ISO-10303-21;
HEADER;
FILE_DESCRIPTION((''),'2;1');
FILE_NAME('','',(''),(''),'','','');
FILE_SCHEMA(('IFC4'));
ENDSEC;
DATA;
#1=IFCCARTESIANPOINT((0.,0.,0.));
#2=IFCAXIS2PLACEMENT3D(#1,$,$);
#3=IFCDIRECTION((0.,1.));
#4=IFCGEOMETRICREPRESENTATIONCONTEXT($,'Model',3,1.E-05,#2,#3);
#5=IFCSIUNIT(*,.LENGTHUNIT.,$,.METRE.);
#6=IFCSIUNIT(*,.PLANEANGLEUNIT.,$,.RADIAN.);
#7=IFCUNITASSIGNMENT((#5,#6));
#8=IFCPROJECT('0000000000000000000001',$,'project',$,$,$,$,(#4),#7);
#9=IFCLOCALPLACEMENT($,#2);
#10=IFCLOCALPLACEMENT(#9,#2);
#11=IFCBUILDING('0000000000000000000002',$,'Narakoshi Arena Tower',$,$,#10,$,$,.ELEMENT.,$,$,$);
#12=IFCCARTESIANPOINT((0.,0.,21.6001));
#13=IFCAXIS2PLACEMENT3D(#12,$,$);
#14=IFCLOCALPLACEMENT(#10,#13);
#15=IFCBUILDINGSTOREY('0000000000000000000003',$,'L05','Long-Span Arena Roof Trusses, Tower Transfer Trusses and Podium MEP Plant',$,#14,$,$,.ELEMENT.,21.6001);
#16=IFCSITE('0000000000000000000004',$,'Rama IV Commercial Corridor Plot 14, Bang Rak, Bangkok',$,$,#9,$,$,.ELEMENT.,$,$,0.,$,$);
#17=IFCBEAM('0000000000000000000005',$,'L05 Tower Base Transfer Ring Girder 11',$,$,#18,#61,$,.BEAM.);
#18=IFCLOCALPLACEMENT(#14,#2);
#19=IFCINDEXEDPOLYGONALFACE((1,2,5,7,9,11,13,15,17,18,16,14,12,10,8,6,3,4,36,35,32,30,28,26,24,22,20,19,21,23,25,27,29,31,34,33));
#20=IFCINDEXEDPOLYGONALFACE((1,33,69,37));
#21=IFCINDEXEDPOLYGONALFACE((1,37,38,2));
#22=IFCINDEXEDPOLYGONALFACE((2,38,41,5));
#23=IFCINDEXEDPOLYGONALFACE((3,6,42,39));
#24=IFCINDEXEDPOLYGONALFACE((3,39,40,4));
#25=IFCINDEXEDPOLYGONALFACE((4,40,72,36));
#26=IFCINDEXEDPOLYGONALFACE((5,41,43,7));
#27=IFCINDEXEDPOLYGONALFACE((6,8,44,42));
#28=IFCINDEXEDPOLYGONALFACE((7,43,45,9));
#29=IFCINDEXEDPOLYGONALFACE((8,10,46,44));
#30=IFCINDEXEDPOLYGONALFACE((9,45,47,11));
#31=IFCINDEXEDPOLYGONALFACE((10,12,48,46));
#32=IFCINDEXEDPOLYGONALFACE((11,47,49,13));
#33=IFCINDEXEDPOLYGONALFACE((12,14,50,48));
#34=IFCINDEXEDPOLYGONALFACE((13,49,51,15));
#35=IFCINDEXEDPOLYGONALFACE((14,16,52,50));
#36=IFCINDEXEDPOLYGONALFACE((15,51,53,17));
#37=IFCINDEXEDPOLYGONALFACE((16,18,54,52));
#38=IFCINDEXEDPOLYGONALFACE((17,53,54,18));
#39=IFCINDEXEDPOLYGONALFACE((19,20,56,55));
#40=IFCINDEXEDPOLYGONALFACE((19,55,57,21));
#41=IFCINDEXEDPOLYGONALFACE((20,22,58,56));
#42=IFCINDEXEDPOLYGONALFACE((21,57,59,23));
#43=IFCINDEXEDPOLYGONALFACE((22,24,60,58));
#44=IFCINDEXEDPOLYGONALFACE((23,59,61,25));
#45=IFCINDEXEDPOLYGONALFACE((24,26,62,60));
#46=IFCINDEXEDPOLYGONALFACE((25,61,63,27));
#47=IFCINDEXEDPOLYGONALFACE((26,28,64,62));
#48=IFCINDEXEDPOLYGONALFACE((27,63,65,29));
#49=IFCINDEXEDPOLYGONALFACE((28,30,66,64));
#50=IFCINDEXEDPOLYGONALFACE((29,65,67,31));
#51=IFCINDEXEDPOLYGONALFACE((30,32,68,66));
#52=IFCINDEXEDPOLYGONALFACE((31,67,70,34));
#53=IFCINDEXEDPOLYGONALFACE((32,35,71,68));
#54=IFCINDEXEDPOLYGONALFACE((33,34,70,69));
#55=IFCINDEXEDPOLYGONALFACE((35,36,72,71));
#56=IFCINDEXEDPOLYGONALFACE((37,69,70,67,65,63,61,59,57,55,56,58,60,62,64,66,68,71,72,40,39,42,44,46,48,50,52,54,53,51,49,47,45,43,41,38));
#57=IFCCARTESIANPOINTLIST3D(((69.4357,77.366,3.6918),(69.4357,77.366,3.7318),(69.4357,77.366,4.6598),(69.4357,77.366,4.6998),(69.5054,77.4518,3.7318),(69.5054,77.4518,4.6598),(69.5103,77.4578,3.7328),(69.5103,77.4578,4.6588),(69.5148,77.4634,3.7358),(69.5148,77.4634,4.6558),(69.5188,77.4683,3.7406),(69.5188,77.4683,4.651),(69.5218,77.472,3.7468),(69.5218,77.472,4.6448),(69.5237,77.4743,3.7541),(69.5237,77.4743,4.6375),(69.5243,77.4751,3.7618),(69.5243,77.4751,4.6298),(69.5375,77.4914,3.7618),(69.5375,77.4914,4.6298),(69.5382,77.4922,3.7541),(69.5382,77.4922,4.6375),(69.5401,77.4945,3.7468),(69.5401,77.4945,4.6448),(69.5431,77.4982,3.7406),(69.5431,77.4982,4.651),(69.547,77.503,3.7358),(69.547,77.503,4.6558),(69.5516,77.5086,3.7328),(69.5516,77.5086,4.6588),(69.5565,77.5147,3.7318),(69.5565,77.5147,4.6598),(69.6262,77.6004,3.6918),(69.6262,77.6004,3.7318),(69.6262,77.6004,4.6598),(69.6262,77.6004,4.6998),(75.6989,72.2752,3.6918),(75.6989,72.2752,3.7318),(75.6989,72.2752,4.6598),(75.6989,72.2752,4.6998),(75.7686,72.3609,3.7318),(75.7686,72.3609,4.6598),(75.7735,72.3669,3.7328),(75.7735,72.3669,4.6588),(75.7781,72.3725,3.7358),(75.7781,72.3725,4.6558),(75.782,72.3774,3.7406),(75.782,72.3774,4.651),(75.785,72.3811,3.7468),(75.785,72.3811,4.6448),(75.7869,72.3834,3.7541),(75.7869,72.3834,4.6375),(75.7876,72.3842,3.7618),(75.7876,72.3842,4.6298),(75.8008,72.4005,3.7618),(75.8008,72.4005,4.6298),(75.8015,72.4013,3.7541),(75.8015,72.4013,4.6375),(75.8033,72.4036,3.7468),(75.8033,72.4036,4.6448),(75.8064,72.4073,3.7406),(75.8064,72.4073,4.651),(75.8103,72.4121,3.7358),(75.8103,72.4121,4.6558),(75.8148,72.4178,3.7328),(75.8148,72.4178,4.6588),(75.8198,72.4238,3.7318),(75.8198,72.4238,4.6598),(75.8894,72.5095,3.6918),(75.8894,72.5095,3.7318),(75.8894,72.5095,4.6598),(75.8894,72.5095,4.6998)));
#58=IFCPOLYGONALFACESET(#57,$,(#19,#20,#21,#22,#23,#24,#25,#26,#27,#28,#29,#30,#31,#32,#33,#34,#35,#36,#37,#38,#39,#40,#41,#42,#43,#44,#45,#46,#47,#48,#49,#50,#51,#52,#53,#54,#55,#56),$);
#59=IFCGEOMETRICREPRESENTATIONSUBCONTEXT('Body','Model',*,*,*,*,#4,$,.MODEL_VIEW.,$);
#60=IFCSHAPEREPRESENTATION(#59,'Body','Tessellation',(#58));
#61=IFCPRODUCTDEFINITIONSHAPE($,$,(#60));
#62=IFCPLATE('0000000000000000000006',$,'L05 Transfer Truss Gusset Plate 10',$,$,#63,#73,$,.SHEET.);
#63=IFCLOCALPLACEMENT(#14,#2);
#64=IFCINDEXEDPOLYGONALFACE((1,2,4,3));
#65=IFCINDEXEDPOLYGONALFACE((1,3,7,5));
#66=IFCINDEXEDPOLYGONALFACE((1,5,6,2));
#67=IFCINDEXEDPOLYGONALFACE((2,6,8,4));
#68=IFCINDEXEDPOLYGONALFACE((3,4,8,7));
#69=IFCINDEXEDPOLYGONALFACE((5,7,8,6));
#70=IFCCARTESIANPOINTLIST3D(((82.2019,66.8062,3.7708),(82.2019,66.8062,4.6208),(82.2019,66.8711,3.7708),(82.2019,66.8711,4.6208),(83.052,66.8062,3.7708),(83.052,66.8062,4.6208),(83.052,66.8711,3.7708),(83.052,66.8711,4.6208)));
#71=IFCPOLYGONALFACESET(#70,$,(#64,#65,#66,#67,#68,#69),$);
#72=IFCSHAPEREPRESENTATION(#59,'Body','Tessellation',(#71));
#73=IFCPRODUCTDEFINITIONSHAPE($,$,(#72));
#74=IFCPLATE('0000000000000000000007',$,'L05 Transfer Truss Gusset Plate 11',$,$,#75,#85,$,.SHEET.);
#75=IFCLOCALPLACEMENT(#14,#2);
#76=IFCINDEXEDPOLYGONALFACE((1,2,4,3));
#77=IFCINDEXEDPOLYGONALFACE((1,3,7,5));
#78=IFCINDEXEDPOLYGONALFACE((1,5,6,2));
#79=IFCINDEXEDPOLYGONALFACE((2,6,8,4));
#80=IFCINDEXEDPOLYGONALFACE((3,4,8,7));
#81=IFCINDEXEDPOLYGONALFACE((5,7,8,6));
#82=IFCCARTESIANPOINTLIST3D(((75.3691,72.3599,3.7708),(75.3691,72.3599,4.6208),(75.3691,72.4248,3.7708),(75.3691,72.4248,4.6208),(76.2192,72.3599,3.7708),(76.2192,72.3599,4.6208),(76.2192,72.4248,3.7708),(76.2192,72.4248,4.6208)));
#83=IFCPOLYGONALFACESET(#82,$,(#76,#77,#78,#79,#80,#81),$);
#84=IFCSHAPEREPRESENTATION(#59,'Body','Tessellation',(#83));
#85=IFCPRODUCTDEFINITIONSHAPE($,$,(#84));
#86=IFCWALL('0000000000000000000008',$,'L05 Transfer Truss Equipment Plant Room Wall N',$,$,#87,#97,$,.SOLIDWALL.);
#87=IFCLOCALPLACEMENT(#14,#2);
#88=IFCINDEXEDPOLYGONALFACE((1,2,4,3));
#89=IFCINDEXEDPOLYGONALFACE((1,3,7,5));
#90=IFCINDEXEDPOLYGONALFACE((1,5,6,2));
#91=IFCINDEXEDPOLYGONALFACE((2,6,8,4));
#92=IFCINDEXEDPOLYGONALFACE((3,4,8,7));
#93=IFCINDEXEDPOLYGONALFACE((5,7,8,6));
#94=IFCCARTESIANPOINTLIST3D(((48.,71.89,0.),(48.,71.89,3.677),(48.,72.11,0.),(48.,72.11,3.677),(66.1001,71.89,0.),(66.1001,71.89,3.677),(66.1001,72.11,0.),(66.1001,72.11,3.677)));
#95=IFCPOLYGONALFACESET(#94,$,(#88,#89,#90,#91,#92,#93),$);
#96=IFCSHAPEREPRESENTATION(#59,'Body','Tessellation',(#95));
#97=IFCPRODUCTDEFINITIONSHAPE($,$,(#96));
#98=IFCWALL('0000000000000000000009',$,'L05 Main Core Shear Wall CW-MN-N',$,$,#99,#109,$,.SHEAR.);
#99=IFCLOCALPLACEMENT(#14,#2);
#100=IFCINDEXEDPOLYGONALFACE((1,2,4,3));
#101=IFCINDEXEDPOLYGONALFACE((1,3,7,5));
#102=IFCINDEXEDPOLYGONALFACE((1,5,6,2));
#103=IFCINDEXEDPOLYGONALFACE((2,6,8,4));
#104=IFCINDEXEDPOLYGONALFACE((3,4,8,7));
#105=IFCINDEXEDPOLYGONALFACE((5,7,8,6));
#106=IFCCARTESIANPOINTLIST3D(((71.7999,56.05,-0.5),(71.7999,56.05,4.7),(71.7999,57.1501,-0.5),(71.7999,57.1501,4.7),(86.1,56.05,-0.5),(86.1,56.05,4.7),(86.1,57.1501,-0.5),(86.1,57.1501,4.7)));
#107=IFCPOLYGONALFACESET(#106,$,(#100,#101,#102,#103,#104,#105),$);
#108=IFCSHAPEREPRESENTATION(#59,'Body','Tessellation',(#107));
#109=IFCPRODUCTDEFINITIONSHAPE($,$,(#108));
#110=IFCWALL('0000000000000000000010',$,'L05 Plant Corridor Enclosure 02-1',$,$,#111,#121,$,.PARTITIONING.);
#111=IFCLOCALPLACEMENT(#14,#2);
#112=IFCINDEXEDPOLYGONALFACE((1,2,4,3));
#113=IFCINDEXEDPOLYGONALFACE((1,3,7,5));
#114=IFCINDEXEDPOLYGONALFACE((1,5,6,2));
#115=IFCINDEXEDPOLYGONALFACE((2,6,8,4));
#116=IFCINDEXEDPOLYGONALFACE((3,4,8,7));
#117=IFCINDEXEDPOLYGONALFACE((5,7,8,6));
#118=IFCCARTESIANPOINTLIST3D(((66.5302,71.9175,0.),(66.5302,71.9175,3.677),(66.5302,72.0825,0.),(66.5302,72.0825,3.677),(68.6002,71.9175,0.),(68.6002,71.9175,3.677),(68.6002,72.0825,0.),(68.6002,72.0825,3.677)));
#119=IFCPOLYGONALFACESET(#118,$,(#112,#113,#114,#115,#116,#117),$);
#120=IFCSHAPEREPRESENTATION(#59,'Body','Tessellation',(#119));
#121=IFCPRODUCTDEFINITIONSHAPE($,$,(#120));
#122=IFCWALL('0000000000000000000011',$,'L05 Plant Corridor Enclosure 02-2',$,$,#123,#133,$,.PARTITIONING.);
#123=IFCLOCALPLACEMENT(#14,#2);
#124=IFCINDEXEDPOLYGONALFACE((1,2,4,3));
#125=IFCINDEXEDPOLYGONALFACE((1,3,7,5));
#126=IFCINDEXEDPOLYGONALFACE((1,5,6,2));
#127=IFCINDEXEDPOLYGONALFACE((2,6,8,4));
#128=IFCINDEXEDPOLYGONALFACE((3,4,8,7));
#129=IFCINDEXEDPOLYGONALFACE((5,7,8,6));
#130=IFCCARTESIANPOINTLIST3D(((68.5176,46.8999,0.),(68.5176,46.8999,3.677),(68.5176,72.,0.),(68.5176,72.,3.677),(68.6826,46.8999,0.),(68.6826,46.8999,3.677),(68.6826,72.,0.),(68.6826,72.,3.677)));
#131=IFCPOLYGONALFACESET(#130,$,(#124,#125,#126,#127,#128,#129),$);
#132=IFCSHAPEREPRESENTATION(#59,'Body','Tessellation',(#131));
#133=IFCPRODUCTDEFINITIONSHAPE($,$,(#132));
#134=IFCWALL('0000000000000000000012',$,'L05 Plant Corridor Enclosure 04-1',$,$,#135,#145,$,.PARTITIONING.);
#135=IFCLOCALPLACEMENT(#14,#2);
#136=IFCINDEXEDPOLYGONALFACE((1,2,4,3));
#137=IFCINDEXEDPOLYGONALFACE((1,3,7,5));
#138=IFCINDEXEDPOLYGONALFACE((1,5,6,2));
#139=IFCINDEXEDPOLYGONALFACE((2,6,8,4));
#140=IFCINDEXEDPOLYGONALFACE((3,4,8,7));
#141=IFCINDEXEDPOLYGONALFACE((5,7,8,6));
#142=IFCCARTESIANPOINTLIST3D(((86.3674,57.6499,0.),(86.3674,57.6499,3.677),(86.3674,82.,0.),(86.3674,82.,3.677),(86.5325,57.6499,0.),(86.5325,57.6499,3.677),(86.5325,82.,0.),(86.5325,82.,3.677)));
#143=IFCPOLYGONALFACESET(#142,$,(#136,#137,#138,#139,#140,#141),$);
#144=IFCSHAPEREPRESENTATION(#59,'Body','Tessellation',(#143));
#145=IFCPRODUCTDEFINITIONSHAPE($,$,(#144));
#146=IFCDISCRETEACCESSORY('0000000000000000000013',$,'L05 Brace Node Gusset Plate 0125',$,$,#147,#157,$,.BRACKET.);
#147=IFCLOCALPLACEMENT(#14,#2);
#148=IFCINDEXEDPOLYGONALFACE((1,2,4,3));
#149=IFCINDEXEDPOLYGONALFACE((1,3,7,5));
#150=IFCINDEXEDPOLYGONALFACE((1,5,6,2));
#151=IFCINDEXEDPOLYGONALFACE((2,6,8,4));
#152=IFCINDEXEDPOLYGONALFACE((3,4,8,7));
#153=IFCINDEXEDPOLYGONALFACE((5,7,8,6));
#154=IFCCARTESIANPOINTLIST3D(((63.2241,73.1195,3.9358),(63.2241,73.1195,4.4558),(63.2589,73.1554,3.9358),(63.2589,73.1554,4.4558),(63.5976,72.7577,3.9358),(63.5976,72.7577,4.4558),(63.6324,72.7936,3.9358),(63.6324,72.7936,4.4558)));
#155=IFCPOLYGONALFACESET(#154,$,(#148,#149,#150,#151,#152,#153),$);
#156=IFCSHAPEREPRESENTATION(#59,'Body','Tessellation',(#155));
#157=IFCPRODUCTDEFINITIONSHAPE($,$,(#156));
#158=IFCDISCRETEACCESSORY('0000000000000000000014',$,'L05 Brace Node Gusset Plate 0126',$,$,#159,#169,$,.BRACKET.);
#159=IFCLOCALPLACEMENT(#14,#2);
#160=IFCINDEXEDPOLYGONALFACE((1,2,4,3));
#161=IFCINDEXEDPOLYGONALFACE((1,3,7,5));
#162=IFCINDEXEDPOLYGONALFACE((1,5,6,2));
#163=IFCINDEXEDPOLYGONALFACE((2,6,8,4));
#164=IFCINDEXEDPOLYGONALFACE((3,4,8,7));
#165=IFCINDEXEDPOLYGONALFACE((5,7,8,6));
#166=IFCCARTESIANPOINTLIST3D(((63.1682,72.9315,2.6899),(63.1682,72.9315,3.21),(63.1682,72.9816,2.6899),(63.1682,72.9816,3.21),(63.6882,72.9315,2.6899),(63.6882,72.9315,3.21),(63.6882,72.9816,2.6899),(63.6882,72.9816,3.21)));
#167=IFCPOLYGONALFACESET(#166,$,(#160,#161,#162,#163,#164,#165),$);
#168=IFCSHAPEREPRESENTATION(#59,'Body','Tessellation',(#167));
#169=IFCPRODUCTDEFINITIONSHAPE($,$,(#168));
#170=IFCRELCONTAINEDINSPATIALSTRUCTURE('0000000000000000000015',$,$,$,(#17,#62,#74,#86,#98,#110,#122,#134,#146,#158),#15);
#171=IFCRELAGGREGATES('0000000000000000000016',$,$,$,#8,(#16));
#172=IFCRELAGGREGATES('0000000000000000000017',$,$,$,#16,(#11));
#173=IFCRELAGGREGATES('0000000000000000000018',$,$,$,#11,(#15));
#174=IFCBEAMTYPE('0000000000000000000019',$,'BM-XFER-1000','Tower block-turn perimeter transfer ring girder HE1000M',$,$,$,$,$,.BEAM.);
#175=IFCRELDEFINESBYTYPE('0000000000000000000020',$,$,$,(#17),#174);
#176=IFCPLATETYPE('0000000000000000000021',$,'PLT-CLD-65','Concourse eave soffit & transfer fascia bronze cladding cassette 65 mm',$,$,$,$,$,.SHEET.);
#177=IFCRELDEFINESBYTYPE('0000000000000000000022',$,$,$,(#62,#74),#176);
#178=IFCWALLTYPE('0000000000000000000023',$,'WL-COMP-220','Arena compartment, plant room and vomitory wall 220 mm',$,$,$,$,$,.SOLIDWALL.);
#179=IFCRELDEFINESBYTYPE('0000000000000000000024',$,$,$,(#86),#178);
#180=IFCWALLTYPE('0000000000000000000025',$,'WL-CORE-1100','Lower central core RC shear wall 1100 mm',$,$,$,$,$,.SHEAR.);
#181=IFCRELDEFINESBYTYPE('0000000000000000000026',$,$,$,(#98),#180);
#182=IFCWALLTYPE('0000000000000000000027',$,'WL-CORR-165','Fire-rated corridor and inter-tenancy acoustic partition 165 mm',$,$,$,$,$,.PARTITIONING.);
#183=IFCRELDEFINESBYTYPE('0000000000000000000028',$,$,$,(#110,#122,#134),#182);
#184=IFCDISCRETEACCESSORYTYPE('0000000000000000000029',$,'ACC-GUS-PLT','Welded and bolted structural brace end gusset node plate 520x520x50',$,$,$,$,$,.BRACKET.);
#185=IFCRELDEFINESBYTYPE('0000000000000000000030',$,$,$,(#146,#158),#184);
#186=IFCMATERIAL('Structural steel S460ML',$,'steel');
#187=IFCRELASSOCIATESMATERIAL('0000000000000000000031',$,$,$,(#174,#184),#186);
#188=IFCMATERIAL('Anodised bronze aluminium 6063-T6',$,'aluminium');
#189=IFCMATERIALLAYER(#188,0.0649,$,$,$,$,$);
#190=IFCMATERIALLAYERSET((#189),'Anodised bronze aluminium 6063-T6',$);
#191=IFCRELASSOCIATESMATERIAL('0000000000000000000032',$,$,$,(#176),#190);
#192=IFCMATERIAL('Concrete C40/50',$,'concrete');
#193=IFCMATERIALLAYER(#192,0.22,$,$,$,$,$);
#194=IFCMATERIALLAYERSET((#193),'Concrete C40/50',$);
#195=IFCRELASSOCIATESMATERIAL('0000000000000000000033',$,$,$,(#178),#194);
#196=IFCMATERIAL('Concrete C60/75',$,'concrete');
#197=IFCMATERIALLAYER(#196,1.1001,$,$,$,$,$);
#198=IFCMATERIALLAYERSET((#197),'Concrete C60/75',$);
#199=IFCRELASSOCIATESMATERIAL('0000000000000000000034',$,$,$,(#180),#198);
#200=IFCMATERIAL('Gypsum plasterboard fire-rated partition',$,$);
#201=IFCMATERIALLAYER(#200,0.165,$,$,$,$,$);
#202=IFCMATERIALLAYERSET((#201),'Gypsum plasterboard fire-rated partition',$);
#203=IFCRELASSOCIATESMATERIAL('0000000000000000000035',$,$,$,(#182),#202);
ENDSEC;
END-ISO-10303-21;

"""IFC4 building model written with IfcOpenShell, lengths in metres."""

from ifc_helpers import new_model, si_unit, direction, frame, frame_2d, origin, origin_2d, place, context, subcontext, project, spatial, rectangle, i_section, extrude, material, layer, layer_set, material_profile, profile_set, type_object, element, save


model = new_model("IFC4")

# Units and contexts
model_context = context("Model", 3, precision=1e-05, world=origin(), true_north=direction((0.0, 1.0)))
body_context = subcontext(model_context, "Body", "Model", "MODEL_VIEW")
ifc_project = project(units=[si_unit("LENGTHUNIT", "METRE"), si_unit("PLANEANGLEUNIT", "RADIAN")], contexts=[model_context])

# Site, building, storey
site_placement = place(None, origin())
site = spatial("IfcSite", under=ifc_project, at=site_placement, Name="Rama IV Commercial Corridor Plot 14, Bang Rak, Bangkok", CompositionType="ELEMENT", RefElevation=0.0)
building_placement = place(site_placement, origin())
building = spatial("IfcBuilding", under=site, at=building_placement, Name="Narakoshi Arena Tower", CompositionType="ELEMENT")
storey_placement = place(building_placement, frame((0.0, 0.0, 21.6001)))
storey = spatial("IfcBuildingStorey", under=building, at=storey_placement, Name="L05", Description="Long-Span Arena Roof Trusses, Tower Transfer Trusses and Podium MEP Plant", CompositionType="ELEMENT", Elevation=21.6001)

# Shared definitions
ifc_material_1 = material(Name="Concrete C60/75", Category="concrete")

# Beam
ifc_material_2 = material(Name="Structural steel S460ML", Category="steel")
ifc_material_profile_1 = material_profile(ifc_material_2, i_section(OverallWidth=0.302, OverallDepth=1.0081, WebThickness=0.021, FlangeThickness=0.04, FilletRadius=0.03, at=origin_2d()), Name="HE1000M")
ifc_profile_set_1 = profile_set([ifc_material_profile_1], Name="Structural steel S460ML")
beam_type_1 = type_object("IfcBeamType", Name="BM-XFER-1000", Description="Tower block-turn perimeter transfer ring girder HE1000M", PredefinedType="BEAM", material=ifc_profile_set_1)
beam_1_placement = place(storey_placement, frame((75.7942, 72.3923, 4.1958), z_axis=(-0.775994, 0.630741, 0.0), x_axis=(-0.630741, -0.775994, 0.0)))
element("IfcBeam", 1, at=beam_1_placement, inside=storey, type_object=beam_type_1, Name="L05 Tower Base Transfer Ring Girder 11", PredefinedType="BEAM", context=body_context, shape_type="SweptSolid", body=[
    extrude(i_section(OverallWidth=0.302, OverallDepth=1.0081, WebThickness=0.021, FlangeThickness=0.04, FilletRadius=0.03, at=origin_2d()), origin(), (0.0, 0.0, 1.0), 8.0713),
])

# Plates
ifc_material_3 = material(Name="Anodised bronze aluminium 6063-T6", Category="aluminium")
ifc_layer_1 = layer(ifc_material_3, 0.0649)
ifc_layer_set_1 = layer_set([ifc_layer_1], Name="Anodised bronze aluminium 6063-T6")
plate_type = type_object("IfcPlateType", Name="PLT-CLD-65", Description="Concourse eave soffit & transfer fascia bronze cladding cassette 65 mm", PredefinedType="SHEET", material=ifc_layer_set_1)
for number, where, z_axis, x_axis, name in (
    (2, (82.627, 66.8386, 3.7708), (0.0, 0.0, 1.0), (1.0, 0.0, 0.0), "L05 Transfer Truss Gusset Plate 10"),
    (3, (75.7942, 72.3923, 3.7708), (0.0, 0.0, 1.0), (1.0, 0.0, 0.0), "L05 Transfer Truss Gusset Plate 11"),
):
    element("IfcPlate", number, at=place(storey_placement, frame(where, z_axis=z_axis, x_axis=x_axis)), inside=storey, type_object=plate_type, Name=name, PredefinedType="SHEET", context=body_context, shape_type="SweptSolid", body=[
        extrude(rectangle(XDim=0.8501, YDim=0.0649, at=origin_2d()), origin(), (0.0, 0.0, 1.0), 0.8501),
    ])

# Walls
ifc_material_4 = material(Name="Concrete C40/50", Category="concrete")
ifc_layer_2 = layer(ifc_material_4, 0.22)
ifc_layer_set_2 = layer_set([ifc_layer_2], Name="Concrete C40/50")
wall_type_1 = type_object("IfcWallType", Name="WL-COMP-220", Description="Arena compartment, plant room and vomitory wall 220 mm", PredefinedType="SOLIDWALL", material=ifc_layer_set_2)
wall_1_placement = place(storey_placement, frame((66.1001, 72.0, 0.0), z_axis=(0.0, 0.0, 1.0), x_axis=(-1.0, 0.0, 0.0)))
element("IfcWall", 4, at=wall_1_placement, inside=storey, type_object=wall_type_1, Name="L05 Transfer Truss Equipment Plant Room Wall N", PredefinedType="SOLIDWALL", context=body_context, shape_type="SweptSolid", body=[
    extrude(rectangle(XDim=18.1001, YDim=0.22, at=frame_2d((9.05, 0.0))), origin(), (0.0, 0.0, 1.0), 3.677),
])
ifc_layer_3 = layer(ifc_material_1, 1.1001)
ifc_layer_set_3 = layer_set([ifc_layer_3], Name="Concrete C60/75")
wall_type_2 = type_object("IfcWallType", Name="WL-CORE-1100", Description="Lower central core RC shear wall 1100 mm", PredefinedType="SHEAR", material=ifc_layer_set_3)
wall_2_placement = place(storey_placement, frame((71.8, 56.6001, -0.5), z_axis=(0.0, 0.0, 1.0), x_axis=(1.0, 0.0, 0.0)))
element("IfcWall", 5, at=wall_2_placement, inside=storey, type_object=wall_type_2, Name="L05 Main Core Shear Wall CW-MN-N", PredefinedType="SHEAR", context=body_context, shape_type="SweptSolid", body=[
    extrude(rectangle(XDim=14.3, YDim=1.1001, at=frame_2d((7.1499, 0.0))), origin(), (0.0, 0.0, 1.0), 5.2),
])
ifc_material_5 = material(Name="Gypsum plasterboard fire-rated partition")
ifc_layer_4 = layer(ifc_material_5, 0.165)
ifc_layer_set_4 = layer_set([ifc_layer_4], Name="Gypsum plasterboard fire-rated partition")
wall_type_3 = type_object("IfcWallType", Name="WL-CORR-165", Description="Fire-rated corridor and inter-tenancy acoustic partition 165 mm", PredefinedType="PARTITIONING", material=ifc_layer_set_4)
wall_3_placement = place(storey_placement, frame((66.53, 72.0, 0.0), z_axis=(0.0, 0.0, 1.0), x_axis=(1.0, 0.0, 0.0)))
element("IfcWall", 6, at=wall_3_placement, inside=storey, type_object=wall_type_3, Name="L05 Plant Corridor Enclosure 02-1", PredefinedType="PARTITIONING", context=body_context, shape_type="SweptSolid", body=[
    extrude(rectangle(XDim=2.0701, YDim=0.165, at=frame_2d((1.0352, 0.0))), origin(), (0.0, 0.0, 1.0), 3.677),
])
wall_4_placement = place(storey_placement, frame((68.6001, 72.0, 0.0), z_axis=(0.0, 0.0, 1.0), x_axis=(0.0, -1.0, 0.0)))
element("IfcWall", 7, at=wall_4_placement, inside=storey, type_object=wall_type_3, Name="L05 Plant Corridor Enclosure 02-2", PredefinedType="PARTITIONING", context=body_context, shape_type="SweptSolid", body=[
    extrude(rectangle(XDim=25.1001, YDim=0.165, at=frame_2d((12.55, 0.0))), origin(), (0.0, 0.0, 1.0), 3.677),
])
wall_5_placement = place(storey_placement, frame((86.45, 57.6499, 0.0), z_axis=(0.0, 0.0, 1.0), x_axis=(0.0, 1.0, 0.0)))
element("IfcWall", 8, at=wall_5_placement, inside=storey, type_object=wall_type_3, Name="L05 Plant Corridor Enclosure 04-1", PredefinedType="PARTITIONING", context=body_context, shape_type="SweptSolid", body=[
    extrude(rectangle(XDim=24.3501, YDim=0.165, at=frame_2d((12.175, 0.0))), origin(), (0.0, 0.0, 1.0), 3.677),
])

# Discrete accessories
discrete_accessory_type = type_object("IfcDiscreteAccessoryType", Name="ACC-GUS-PLT", Description="Welded and bolted structural brace end gusset node plate 520x520x50", PredefinedType="BRACKET", material=ifc_material_2)
for number, where, z_axis, x_axis, name in (
    (9, (63.4282, 72.9565, 3.9358), (0.0, 0.0, 1.0), (-0.718248, 0.695787, 0.0), "L05 Brace Node Gusset Plate 0125"),
    (10, (63.4282, 72.9565, 2.6899), (0.0, 0.0, 1.0), (1.0, 0.0, 0.0), "L05 Brace Node Gusset Plate 0126"),
):
    element("IfcDiscreteAccessory", number, at=place(storey_placement, frame(where, z_axis=z_axis, x_axis=x_axis)), inside=storey, type_object=discrete_accessory_type, Name=name, PredefinedType="BRACKET", context=body_context, shape_type="SweptSolid", body=[
        extrude(rectangle(XDim=0.52, YDim=0.05, at=origin_2d()), origin(), (0.0, 0.0, 1.0), 0.52),
    ])

save(model, "model.ifc")
